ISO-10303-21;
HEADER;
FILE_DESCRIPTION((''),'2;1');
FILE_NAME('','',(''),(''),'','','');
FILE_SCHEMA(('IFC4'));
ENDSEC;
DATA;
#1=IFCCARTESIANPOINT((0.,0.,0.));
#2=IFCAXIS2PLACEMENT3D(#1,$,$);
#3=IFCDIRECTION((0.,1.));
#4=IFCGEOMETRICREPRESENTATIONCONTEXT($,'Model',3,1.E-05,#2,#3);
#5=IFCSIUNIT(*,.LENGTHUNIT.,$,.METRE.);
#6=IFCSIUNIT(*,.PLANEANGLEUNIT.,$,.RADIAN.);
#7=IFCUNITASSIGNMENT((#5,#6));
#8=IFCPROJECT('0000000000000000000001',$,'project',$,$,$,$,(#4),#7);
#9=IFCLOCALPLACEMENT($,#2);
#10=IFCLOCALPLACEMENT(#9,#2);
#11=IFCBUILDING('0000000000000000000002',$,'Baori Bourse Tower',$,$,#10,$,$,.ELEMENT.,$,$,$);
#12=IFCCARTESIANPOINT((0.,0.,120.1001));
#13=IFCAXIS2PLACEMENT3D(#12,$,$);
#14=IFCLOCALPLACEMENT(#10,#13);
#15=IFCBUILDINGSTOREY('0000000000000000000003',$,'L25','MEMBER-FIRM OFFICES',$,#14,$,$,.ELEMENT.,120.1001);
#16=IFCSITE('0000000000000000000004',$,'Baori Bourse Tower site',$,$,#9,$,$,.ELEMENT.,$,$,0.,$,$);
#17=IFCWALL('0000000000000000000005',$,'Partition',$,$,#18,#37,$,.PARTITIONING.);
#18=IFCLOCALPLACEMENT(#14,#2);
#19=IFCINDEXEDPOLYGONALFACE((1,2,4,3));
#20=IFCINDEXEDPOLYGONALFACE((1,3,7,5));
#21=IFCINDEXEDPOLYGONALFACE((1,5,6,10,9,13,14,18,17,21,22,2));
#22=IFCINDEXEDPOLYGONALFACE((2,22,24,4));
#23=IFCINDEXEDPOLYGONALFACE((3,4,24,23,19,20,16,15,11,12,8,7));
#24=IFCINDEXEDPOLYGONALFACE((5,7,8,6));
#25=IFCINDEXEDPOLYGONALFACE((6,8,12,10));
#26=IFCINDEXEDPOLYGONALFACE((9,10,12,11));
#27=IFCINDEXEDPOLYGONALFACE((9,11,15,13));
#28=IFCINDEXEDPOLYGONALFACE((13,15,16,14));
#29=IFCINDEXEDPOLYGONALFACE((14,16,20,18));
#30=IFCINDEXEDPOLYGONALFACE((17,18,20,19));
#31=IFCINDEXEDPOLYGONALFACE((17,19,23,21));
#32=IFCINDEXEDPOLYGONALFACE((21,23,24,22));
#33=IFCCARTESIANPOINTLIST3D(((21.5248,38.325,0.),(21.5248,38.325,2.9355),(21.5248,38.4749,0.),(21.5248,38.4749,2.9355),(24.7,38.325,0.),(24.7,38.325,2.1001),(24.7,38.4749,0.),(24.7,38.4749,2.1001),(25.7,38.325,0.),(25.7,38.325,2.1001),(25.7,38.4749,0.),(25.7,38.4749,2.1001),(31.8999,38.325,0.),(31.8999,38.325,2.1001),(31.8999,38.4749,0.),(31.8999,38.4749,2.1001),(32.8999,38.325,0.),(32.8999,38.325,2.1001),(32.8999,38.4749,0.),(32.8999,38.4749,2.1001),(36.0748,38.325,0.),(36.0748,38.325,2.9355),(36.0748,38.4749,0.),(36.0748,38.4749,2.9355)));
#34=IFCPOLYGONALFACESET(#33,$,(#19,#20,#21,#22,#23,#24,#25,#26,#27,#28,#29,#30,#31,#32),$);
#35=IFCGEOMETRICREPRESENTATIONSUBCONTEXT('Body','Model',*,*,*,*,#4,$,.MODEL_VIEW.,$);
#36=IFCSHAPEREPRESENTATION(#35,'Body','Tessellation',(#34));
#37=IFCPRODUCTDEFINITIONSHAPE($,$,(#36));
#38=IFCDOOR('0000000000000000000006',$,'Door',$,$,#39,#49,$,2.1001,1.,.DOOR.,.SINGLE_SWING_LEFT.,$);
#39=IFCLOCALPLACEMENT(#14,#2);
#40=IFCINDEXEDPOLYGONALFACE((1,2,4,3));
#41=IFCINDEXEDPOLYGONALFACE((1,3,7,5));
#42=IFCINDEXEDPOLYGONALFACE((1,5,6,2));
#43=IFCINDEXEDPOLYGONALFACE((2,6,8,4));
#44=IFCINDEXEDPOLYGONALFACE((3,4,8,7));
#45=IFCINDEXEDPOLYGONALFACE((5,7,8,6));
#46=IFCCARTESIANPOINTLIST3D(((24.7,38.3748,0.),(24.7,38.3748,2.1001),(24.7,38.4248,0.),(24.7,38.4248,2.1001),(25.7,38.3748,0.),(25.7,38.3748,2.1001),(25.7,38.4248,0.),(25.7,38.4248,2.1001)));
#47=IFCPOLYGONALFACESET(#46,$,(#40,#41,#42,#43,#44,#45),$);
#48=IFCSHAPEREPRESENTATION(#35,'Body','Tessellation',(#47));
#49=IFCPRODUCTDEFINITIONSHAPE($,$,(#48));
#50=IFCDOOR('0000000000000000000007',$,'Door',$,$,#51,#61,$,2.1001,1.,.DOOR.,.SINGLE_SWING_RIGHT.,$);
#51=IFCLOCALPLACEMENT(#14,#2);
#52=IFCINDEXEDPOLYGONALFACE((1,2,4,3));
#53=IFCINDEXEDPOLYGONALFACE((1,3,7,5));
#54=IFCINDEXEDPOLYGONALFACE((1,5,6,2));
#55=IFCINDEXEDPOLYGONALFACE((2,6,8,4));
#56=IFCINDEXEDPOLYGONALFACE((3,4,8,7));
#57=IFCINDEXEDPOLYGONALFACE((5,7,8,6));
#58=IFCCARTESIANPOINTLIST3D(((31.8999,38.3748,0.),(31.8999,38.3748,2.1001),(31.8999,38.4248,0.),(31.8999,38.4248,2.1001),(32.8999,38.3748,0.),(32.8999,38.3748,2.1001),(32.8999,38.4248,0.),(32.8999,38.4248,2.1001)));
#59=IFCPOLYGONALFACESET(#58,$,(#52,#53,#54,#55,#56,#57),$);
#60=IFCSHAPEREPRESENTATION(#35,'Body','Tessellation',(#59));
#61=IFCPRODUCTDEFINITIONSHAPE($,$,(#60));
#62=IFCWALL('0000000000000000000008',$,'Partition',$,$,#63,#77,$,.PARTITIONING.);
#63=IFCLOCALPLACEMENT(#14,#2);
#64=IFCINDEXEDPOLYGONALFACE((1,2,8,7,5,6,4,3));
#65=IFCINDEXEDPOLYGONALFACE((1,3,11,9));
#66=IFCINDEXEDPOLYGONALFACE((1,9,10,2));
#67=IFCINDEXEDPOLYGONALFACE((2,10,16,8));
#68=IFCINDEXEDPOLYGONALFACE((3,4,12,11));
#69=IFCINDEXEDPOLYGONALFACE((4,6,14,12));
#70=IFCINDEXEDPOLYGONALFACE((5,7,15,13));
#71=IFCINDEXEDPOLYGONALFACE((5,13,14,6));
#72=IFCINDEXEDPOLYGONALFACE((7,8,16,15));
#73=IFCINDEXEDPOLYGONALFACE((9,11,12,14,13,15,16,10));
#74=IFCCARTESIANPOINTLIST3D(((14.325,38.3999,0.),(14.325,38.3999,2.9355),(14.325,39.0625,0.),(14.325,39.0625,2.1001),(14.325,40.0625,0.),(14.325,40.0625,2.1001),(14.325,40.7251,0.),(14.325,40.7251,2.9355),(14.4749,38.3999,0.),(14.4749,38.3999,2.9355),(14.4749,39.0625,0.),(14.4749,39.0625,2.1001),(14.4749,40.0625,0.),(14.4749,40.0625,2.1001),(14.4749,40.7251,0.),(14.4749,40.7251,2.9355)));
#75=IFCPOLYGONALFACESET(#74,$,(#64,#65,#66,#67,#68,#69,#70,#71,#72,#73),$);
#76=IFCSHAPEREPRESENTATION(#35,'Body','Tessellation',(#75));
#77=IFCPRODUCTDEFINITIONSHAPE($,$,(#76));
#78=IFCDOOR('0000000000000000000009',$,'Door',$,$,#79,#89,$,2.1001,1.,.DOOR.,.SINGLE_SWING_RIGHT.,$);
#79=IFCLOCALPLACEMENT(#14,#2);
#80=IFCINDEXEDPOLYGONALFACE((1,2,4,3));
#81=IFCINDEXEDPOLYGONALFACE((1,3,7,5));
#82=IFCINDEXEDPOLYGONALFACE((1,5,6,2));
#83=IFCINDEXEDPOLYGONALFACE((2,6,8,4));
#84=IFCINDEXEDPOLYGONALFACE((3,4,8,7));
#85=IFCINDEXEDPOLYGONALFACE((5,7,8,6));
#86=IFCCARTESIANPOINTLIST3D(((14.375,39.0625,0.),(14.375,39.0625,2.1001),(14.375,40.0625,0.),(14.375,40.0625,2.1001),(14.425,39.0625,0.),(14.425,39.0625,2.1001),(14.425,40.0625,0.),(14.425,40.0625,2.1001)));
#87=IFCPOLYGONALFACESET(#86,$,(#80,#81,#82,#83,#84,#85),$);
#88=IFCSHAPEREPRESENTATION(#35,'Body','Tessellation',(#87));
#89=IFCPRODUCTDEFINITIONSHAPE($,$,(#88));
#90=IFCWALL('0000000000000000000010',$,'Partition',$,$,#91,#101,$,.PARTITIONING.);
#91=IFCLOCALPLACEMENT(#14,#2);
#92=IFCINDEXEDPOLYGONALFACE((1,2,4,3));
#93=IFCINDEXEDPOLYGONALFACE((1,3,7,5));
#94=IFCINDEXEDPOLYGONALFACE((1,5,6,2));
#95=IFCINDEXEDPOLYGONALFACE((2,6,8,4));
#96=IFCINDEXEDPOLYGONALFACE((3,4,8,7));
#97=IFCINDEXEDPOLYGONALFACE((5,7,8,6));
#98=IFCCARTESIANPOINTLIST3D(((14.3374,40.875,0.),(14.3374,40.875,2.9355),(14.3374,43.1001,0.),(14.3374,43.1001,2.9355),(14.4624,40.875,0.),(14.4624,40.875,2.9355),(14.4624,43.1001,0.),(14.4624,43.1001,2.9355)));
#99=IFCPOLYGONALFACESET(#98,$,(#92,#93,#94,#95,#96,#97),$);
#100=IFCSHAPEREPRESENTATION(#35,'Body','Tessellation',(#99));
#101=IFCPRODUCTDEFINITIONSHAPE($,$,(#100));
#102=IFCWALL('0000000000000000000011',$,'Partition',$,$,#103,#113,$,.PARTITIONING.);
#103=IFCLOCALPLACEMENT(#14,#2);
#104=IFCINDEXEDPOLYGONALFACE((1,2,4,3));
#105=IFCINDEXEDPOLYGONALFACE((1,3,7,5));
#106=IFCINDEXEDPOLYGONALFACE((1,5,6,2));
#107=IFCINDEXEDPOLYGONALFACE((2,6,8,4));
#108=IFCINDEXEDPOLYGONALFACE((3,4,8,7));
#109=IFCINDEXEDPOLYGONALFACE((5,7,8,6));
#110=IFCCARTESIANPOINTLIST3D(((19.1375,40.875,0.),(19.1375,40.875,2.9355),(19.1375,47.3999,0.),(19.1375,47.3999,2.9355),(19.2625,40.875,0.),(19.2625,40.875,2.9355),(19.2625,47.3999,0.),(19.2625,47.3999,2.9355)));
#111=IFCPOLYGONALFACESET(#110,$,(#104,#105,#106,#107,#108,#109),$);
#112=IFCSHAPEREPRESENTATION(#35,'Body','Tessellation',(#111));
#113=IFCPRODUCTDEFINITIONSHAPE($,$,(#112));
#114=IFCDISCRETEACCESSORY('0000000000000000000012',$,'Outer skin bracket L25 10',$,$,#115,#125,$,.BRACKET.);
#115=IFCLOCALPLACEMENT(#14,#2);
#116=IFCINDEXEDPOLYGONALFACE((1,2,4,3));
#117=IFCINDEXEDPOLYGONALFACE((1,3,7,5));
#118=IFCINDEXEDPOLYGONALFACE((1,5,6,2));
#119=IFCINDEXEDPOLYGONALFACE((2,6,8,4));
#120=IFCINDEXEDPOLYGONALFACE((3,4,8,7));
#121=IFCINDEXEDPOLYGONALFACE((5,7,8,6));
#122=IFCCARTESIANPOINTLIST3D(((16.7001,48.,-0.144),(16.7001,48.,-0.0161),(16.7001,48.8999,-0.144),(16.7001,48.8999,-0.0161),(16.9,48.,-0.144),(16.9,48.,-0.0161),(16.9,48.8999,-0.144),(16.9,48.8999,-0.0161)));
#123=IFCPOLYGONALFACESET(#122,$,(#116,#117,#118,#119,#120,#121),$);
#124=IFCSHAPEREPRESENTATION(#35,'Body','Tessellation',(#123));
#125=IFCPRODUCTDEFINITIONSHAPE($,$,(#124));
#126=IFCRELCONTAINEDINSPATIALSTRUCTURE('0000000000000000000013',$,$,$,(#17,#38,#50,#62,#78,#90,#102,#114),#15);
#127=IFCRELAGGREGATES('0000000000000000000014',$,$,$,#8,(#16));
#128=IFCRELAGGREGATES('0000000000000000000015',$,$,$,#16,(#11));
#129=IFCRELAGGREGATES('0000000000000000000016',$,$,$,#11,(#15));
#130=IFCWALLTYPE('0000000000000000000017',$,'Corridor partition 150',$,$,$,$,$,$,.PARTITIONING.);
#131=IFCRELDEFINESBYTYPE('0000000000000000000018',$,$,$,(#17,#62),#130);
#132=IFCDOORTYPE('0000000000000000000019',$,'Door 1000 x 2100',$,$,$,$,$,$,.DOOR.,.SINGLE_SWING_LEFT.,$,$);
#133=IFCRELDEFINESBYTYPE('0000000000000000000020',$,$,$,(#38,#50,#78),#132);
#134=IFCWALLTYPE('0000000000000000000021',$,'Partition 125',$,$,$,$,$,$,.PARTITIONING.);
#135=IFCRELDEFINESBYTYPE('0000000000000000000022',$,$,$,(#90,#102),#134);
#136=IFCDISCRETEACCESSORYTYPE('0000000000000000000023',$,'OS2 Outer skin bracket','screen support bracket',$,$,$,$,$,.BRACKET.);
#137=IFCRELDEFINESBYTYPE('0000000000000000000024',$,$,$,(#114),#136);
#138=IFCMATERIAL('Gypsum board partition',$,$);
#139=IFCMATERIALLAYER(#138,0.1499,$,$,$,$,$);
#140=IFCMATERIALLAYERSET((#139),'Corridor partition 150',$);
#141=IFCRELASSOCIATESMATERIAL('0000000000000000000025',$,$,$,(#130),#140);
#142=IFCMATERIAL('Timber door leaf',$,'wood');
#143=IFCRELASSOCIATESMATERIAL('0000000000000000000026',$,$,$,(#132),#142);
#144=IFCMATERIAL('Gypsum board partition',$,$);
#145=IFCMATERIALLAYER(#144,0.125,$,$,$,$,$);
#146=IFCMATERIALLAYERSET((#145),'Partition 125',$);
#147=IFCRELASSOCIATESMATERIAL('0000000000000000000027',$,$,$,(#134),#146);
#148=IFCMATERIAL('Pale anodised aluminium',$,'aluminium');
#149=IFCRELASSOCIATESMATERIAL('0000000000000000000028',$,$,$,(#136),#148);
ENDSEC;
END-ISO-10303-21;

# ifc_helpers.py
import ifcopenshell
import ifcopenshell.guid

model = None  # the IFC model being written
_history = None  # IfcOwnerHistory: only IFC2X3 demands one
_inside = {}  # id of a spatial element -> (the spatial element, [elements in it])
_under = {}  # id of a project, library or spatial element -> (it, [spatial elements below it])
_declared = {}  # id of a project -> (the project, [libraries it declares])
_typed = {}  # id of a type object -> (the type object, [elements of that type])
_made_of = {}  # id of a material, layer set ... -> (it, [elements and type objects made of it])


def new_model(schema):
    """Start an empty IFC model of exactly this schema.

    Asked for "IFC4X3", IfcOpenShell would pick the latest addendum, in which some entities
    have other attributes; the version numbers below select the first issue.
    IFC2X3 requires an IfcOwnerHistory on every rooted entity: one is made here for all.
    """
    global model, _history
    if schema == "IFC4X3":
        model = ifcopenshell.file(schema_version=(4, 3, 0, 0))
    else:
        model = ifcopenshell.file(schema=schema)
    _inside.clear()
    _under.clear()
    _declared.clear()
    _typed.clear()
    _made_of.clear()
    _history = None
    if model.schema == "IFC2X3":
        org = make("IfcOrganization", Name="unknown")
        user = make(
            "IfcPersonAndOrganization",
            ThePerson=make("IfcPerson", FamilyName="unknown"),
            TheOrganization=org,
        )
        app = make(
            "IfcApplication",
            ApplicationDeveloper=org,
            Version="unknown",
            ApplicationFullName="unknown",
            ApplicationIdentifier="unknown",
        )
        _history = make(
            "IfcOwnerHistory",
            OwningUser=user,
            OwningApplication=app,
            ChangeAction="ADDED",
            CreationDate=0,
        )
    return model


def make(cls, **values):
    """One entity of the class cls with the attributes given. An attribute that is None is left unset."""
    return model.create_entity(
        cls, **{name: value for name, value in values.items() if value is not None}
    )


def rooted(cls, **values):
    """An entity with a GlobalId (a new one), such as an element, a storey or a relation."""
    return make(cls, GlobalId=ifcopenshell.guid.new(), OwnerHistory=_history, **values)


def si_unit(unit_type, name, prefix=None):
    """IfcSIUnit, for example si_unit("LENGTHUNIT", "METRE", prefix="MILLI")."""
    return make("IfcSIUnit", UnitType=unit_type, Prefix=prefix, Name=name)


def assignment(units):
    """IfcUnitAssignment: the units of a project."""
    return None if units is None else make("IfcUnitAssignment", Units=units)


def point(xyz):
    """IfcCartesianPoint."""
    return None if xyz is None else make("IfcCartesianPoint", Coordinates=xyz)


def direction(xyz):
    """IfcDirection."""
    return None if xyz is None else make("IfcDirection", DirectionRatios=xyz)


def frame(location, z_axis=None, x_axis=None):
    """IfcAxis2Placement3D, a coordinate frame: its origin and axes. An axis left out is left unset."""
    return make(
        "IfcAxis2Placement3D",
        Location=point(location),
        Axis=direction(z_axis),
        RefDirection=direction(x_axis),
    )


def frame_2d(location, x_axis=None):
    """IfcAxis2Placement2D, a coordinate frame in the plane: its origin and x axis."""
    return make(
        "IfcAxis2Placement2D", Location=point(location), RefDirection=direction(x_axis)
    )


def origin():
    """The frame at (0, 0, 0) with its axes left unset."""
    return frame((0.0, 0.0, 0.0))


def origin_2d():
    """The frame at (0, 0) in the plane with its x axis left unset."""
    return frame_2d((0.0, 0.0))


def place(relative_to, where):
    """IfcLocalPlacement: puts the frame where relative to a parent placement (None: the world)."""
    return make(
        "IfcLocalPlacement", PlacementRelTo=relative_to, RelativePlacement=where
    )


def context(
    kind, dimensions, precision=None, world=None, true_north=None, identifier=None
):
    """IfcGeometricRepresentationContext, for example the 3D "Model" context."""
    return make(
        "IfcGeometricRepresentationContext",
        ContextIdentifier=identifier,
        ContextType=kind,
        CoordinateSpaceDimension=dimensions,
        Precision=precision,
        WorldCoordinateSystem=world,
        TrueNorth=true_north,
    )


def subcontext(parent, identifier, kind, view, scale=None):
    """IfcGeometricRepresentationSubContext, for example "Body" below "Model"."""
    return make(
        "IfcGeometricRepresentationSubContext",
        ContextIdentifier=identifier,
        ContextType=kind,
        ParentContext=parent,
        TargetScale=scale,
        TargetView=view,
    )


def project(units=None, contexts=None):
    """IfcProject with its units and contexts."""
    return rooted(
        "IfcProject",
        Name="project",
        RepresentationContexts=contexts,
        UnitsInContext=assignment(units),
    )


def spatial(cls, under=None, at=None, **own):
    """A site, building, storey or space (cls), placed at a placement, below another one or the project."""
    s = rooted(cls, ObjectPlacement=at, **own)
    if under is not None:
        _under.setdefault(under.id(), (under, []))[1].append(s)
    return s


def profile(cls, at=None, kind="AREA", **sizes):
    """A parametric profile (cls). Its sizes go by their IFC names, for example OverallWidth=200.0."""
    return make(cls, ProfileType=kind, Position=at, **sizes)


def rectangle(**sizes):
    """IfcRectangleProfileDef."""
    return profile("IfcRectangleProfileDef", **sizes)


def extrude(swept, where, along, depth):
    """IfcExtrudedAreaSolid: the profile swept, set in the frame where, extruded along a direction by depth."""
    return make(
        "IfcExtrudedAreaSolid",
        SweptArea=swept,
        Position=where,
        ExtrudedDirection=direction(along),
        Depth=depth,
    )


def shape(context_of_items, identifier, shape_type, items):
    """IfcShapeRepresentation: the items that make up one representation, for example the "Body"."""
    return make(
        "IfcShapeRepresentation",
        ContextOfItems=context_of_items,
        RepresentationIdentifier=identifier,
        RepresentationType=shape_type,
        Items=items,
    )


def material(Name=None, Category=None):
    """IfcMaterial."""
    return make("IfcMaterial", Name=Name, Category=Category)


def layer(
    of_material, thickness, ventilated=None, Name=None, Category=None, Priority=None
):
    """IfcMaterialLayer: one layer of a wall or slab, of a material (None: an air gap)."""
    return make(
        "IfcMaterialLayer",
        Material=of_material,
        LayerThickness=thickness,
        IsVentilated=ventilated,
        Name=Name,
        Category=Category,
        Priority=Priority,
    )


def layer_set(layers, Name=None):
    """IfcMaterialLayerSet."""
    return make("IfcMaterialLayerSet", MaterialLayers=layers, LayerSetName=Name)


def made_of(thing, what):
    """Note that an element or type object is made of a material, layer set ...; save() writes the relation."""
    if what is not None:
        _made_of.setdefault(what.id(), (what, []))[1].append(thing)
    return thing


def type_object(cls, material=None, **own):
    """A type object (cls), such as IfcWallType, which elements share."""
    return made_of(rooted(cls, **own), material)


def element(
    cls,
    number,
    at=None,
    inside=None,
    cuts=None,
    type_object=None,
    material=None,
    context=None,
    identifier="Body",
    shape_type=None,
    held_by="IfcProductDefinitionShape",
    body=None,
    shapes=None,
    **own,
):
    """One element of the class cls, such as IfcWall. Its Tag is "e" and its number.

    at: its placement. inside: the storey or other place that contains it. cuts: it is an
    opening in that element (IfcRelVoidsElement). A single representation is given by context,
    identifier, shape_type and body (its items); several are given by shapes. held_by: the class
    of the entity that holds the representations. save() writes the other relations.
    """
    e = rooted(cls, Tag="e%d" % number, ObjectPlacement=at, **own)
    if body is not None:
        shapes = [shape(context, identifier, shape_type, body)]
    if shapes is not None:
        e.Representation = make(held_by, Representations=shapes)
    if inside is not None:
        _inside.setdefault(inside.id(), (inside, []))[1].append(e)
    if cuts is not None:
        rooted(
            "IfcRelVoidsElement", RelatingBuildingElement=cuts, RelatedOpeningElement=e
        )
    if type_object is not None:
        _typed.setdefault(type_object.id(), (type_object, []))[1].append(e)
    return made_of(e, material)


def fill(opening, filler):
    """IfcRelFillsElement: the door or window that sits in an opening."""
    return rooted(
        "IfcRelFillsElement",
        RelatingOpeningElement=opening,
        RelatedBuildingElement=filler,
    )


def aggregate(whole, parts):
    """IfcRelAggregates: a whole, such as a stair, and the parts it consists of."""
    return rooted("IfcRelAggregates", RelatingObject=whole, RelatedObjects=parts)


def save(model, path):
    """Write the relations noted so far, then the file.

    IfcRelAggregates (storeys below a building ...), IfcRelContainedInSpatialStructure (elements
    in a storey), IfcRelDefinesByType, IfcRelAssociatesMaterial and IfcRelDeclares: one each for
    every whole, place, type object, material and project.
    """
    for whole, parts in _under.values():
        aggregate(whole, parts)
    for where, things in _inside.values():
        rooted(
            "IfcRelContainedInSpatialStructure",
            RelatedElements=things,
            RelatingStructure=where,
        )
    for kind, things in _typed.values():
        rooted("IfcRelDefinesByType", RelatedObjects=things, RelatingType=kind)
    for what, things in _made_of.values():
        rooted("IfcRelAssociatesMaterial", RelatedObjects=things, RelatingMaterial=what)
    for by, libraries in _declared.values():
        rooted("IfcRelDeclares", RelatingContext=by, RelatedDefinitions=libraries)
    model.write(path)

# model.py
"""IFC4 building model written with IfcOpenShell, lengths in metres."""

from ifc_helpers import new_model, si_unit, direction, frame, frame_2d, origin, origin_2d, place, context, subcontext, project, spatial, rectangle, extrude, material, layer, layer_set, type_object, element, fill, save


model = new_model("IFC4")

# Units and contexts
model_context = context("Model", 3, precision=1e-05, world=origin(), true_north=direction((0.0, 1.0)))
body_context = subcontext(model_context, "Body", "Model", "MODEL_VIEW")
ifc_project = project(units=[si_unit("LENGTHUNIT", "METRE"), si_unit("PLANEANGLEUNIT", "RADIAN")], contexts=[model_context])

# Site, building, storey
site_placement = place(None, origin())
site = spatial("IfcSite", under=ifc_project, at=site_placement, Name="Baori Bourse Tower site", CompositionType="ELEMENT", RefElevation=0.0)
building_placement = place(site_placement, origin())
building = spatial("IfcBuilding", under=site, at=building_placement, Name="Baori Bourse Tower", CompositionType="ELEMENT")
storey_placement = place(building_placement, frame((0.0, 0.0, 120.1001)))
storey = spatial("IfcBuildingStorey", under=building, at=storey_placement, Name="L25", Description="MEMBER-FIRM OFFICES", CompositionType="ELEMENT", Elevation=120.1001)

# Wall, openings, doors
ifc_material_1 = material(Name="Gypsum board partition")
ifc_layer_1 = layer(ifc_material_1, 0.1499)
ifc_layer_set_1 = layer_set([ifc_layer_1], Name="Corridor partition 150")
wall_type_1 = type_object("IfcWallType", Name="Corridor partition 150", PredefinedType="PARTITIONING", material=ifc_layer_set_1)
wall_1_placement = place(storey_placement, frame((21.5249, 38.3999, 0.0), z_axis=(0.0, 0.0, 1.0), x_axis=(1.0, 0.0, 0.0)))
wall_1 = element("IfcWall", 1, at=wall_1_placement, inside=storey, type_object=wall_type_1, Name="Partition", PredefinedType="PARTITIONING", context=body_context, shape_type="SweptSolid", body=[
    extrude(rectangle(XDim=14.55, YDim=0.1499, at=frame_2d((7.2749, 0.0))), origin(), (0.0, 0.0, 1.0), 2.9355),
])
opening_1_placement = place(wall_1_placement, frame((3.175, 0.0, 0.0)))
opening_1 = element("IfcOpeningElement", 2, at=opening_1_placement, cuts=wall_1, PredefinedType="OPENING", context=body_context, shape_type="SweptSolid", body=[
    extrude(rectangle(XDim=1.0, YDim=2.1001, at=frame_2d((0.5, 1.05))), frame((0.0, 0.085, 0.0), z_axis=(0.0, -1.0, 0.0), x_axis=(1.0, 0.0, 0.0)), (0.0, 0.0, 1.0), 0.1699),
])
opening_2_placement = place(wall_1_placement, frame((10.375, 0.0, 0.0)))
opening_2 = element("IfcOpeningElement", 3, at=opening_2_placement, cuts=wall_1, PredefinedType="OPENING", context=body_context, shape_type="SweptSolid", body=[
    extrude(rectangle(XDim=1.0, YDim=2.1001, at=frame_2d((0.5, 1.05))), frame((0.0, 0.085, 0.0), z_axis=(0.0, -1.0, 0.0), x_axis=(1.0, 0.0, 0.0)), (0.0, 0.0, 1.0), 0.1699),
])
ifc_material_2 = material(Name="Timber door leaf", Category="wood")
door_type_1 = type_object("IfcDoorType", Name="Door 1000 x 2100", OperationType="SINGLE_SWING_LEFT", PredefinedType="DOOR", material=ifc_material_2)
door_1_placement = place(opening_1_placement, origin())
door_1 = element("IfcDoor", 4, at=door_1_placement, inside=storey, type_object=door_type_1, Name="Door", OperationType="SINGLE_SWING_LEFT", OverallHeight=2.1001, OverallWidth=1.0, PredefinedType="DOOR", context=body_context, shape_type="SweptSolid", body=[
    extrude(rectangle(XDim=1.0, YDim=2.1001, at=frame_2d((0.5, 1.05))), frame((0.0, 0.0249, 0.0), z_axis=(0.0, -1.0, 0.0), x_axis=(1.0, 0.0, 0.0)), (0.0, 0.0, 1.0), 0.05),
])
fill(opening_1, door_1)
door_2_placement = place(opening_2_placement, origin())
door_2 = element("IfcDoor", 5, at=door_2_placement, inside=storey, type_object=door_type_1, Name="Door", OperationType="SINGLE_SWING_RIGHT", OverallHeight=2.1001, OverallWidth=1.0, PredefinedType="DOOR", context=body_context, shape_type="SweptSolid", body=[
    extrude(rectangle(XDim=1.0, YDim=2.1001, at=frame_2d((0.5, 1.05))), frame((0.0, 0.0249, 0.0), z_axis=(0.0, -1.0, 0.0), x_axis=(1.0, 0.0, 0.0)), (0.0, 0.0, 1.0), 0.05),
])
fill(opening_2, door_2)

# Wall, opening, door
wall_2_placement = place(storey_placement, frame((14.3999, 38.3999, 0.0), z_axis=(0.0, 0.0, 1.0), x_axis=(0.0, 1.0, 0.0)))
wall_2 = element("IfcWall", 6, at=wall_2_placement, inside=storey, type_object=wall_type_1, Name="Partition", PredefinedType="PARTITIONING", context=body_context, shape_type="SweptSolid", body=[
    extrude(rectangle(XDim=2.3252, YDim=0.1499, at=frame_2d((1.1626, 0.0))), origin(), (0.0, 0.0, 1.0), 2.9355),
])
opening_3_placement = place(wall_2_placement, frame((0.6626, 0.0, 0.0)))
opening_3 = element("IfcOpeningElement", 7, at=opening_3_placement, cuts=wall_2, PredefinedType="OPENING", context=body_context, shape_type="SweptSolid", body=[
    extrude(rectangle(XDim=1.0, YDim=2.1001, at=frame_2d((0.5, 1.05))), frame((0.0, 0.085, 0.0), z_axis=(0.0, -1.0, 0.0), x_axis=(1.0, 0.0, 0.0)), (0.0, 0.0, 1.0), 0.1699),
])
door_3_placement = place(opening_3_placement, origin())
door_3 = element("IfcDoor", 8, at=door_3_placement, inside=storey, type_object=door_type_1, Name="Door", OperationType="SINGLE_SWING_RIGHT", OverallHeight=2.1001, OverallWidth=1.0, PredefinedType="DOOR", context=body_context, shape_type="SweptSolid", body=[
    extrude(rectangle(XDim=1.0, YDim=2.1001, at=frame_2d((0.5, 1.05))), frame((0.0, 0.0249, 0.0), z_axis=(0.0, -1.0, 0.0), x_axis=(1.0, 0.0, 0.0)), (0.0, 0.0, 1.0), 0.05),
])
fill(opening_3, door_3)

# Walls
ifc_material_3 = material(Name="Gypsum board partition")
ifc_layer_2 = layer(ifc_material_3, 0.125)
ifc_layer_set_2 = layer_set([ifc_layer_2], Name="Partition 125")
wall_type_2 = type_object("IfcWallType", Name="Partition 125", PredefinedType="PARTITIONING", material=ifc_layer_set_2)
wall_3_placement = place(storey_placement, frame((14.3999, 40.875, 0.0), z_axis=(0.0, 0.0, 1.0), x_axis=(0.0, 1.0, 0.0)))
element("IfcWall", 9, at=wall_3_placement, inside=storey, type_object=wall_type_2, Name="Partition", PredefinedType="PARTITIONING", context=body_context, shape_type="SweptSolid", body=[
    extrude(rectangle(XDim=2.2251, YDim=0.125, at=frame_2d((1.1125, 0.0))), origin(), (0.0, 0.0, 1.0), 2.9355),
])
wall_4_placement = place(storey_placement, frame((19.2, 40.875, 0.0), z_axis=(0.0, 0.0, 1.0), x_axis=(0.0, 1.0, 0.0)))
element("IfcWall", 10, at=wall_4_placement, inside=storey, type_object=wall_type_2, Name="Partition", PredefinedType="PARTITIONING", context=body_context, shape_type="SweptSolid", body=[
    extrude(rectangle(XDim=6.5249, YDim=0.125, at=frame_2d((3.2625, 0.0))), origin(), (0.0, 0.0, 1.0), 2.9355),
])

# Discrete accessory
ifc_material_4 = material(Name="Pale anodised aluminium", Category="aluminium")
discrete_accessory_type = type_object("IfcDiscreteAccessoryType", Name="OS2 Outer skin bracket", Description="screen support bracket", PredefinedType="BRACKET", material=ifc_material_4)
discrete_accessory_placement = place(storey_placement, frame((16.8, 48.45, -0.144), z_axis=(0.0, 0.0, 1.0), x_axis=(-1.0, 0.0, 0.0)))
element("IfcDiscreteAccessory", 11, at=discrete_accessory_placement, inside=storey, type_object=discrete_accessory_type, Name="Outer skin bracket L25 10", PredefinedType="BRACKET", context=body_context, shape_type="SweptSolid", body=[
    extrude(rectangle(XDim=0.2, YDim=0.8999, at=origin_2d()), origin(), (0.0, 0.0, 1.0), 0.1279),
])

save(model, "model.ifc")
